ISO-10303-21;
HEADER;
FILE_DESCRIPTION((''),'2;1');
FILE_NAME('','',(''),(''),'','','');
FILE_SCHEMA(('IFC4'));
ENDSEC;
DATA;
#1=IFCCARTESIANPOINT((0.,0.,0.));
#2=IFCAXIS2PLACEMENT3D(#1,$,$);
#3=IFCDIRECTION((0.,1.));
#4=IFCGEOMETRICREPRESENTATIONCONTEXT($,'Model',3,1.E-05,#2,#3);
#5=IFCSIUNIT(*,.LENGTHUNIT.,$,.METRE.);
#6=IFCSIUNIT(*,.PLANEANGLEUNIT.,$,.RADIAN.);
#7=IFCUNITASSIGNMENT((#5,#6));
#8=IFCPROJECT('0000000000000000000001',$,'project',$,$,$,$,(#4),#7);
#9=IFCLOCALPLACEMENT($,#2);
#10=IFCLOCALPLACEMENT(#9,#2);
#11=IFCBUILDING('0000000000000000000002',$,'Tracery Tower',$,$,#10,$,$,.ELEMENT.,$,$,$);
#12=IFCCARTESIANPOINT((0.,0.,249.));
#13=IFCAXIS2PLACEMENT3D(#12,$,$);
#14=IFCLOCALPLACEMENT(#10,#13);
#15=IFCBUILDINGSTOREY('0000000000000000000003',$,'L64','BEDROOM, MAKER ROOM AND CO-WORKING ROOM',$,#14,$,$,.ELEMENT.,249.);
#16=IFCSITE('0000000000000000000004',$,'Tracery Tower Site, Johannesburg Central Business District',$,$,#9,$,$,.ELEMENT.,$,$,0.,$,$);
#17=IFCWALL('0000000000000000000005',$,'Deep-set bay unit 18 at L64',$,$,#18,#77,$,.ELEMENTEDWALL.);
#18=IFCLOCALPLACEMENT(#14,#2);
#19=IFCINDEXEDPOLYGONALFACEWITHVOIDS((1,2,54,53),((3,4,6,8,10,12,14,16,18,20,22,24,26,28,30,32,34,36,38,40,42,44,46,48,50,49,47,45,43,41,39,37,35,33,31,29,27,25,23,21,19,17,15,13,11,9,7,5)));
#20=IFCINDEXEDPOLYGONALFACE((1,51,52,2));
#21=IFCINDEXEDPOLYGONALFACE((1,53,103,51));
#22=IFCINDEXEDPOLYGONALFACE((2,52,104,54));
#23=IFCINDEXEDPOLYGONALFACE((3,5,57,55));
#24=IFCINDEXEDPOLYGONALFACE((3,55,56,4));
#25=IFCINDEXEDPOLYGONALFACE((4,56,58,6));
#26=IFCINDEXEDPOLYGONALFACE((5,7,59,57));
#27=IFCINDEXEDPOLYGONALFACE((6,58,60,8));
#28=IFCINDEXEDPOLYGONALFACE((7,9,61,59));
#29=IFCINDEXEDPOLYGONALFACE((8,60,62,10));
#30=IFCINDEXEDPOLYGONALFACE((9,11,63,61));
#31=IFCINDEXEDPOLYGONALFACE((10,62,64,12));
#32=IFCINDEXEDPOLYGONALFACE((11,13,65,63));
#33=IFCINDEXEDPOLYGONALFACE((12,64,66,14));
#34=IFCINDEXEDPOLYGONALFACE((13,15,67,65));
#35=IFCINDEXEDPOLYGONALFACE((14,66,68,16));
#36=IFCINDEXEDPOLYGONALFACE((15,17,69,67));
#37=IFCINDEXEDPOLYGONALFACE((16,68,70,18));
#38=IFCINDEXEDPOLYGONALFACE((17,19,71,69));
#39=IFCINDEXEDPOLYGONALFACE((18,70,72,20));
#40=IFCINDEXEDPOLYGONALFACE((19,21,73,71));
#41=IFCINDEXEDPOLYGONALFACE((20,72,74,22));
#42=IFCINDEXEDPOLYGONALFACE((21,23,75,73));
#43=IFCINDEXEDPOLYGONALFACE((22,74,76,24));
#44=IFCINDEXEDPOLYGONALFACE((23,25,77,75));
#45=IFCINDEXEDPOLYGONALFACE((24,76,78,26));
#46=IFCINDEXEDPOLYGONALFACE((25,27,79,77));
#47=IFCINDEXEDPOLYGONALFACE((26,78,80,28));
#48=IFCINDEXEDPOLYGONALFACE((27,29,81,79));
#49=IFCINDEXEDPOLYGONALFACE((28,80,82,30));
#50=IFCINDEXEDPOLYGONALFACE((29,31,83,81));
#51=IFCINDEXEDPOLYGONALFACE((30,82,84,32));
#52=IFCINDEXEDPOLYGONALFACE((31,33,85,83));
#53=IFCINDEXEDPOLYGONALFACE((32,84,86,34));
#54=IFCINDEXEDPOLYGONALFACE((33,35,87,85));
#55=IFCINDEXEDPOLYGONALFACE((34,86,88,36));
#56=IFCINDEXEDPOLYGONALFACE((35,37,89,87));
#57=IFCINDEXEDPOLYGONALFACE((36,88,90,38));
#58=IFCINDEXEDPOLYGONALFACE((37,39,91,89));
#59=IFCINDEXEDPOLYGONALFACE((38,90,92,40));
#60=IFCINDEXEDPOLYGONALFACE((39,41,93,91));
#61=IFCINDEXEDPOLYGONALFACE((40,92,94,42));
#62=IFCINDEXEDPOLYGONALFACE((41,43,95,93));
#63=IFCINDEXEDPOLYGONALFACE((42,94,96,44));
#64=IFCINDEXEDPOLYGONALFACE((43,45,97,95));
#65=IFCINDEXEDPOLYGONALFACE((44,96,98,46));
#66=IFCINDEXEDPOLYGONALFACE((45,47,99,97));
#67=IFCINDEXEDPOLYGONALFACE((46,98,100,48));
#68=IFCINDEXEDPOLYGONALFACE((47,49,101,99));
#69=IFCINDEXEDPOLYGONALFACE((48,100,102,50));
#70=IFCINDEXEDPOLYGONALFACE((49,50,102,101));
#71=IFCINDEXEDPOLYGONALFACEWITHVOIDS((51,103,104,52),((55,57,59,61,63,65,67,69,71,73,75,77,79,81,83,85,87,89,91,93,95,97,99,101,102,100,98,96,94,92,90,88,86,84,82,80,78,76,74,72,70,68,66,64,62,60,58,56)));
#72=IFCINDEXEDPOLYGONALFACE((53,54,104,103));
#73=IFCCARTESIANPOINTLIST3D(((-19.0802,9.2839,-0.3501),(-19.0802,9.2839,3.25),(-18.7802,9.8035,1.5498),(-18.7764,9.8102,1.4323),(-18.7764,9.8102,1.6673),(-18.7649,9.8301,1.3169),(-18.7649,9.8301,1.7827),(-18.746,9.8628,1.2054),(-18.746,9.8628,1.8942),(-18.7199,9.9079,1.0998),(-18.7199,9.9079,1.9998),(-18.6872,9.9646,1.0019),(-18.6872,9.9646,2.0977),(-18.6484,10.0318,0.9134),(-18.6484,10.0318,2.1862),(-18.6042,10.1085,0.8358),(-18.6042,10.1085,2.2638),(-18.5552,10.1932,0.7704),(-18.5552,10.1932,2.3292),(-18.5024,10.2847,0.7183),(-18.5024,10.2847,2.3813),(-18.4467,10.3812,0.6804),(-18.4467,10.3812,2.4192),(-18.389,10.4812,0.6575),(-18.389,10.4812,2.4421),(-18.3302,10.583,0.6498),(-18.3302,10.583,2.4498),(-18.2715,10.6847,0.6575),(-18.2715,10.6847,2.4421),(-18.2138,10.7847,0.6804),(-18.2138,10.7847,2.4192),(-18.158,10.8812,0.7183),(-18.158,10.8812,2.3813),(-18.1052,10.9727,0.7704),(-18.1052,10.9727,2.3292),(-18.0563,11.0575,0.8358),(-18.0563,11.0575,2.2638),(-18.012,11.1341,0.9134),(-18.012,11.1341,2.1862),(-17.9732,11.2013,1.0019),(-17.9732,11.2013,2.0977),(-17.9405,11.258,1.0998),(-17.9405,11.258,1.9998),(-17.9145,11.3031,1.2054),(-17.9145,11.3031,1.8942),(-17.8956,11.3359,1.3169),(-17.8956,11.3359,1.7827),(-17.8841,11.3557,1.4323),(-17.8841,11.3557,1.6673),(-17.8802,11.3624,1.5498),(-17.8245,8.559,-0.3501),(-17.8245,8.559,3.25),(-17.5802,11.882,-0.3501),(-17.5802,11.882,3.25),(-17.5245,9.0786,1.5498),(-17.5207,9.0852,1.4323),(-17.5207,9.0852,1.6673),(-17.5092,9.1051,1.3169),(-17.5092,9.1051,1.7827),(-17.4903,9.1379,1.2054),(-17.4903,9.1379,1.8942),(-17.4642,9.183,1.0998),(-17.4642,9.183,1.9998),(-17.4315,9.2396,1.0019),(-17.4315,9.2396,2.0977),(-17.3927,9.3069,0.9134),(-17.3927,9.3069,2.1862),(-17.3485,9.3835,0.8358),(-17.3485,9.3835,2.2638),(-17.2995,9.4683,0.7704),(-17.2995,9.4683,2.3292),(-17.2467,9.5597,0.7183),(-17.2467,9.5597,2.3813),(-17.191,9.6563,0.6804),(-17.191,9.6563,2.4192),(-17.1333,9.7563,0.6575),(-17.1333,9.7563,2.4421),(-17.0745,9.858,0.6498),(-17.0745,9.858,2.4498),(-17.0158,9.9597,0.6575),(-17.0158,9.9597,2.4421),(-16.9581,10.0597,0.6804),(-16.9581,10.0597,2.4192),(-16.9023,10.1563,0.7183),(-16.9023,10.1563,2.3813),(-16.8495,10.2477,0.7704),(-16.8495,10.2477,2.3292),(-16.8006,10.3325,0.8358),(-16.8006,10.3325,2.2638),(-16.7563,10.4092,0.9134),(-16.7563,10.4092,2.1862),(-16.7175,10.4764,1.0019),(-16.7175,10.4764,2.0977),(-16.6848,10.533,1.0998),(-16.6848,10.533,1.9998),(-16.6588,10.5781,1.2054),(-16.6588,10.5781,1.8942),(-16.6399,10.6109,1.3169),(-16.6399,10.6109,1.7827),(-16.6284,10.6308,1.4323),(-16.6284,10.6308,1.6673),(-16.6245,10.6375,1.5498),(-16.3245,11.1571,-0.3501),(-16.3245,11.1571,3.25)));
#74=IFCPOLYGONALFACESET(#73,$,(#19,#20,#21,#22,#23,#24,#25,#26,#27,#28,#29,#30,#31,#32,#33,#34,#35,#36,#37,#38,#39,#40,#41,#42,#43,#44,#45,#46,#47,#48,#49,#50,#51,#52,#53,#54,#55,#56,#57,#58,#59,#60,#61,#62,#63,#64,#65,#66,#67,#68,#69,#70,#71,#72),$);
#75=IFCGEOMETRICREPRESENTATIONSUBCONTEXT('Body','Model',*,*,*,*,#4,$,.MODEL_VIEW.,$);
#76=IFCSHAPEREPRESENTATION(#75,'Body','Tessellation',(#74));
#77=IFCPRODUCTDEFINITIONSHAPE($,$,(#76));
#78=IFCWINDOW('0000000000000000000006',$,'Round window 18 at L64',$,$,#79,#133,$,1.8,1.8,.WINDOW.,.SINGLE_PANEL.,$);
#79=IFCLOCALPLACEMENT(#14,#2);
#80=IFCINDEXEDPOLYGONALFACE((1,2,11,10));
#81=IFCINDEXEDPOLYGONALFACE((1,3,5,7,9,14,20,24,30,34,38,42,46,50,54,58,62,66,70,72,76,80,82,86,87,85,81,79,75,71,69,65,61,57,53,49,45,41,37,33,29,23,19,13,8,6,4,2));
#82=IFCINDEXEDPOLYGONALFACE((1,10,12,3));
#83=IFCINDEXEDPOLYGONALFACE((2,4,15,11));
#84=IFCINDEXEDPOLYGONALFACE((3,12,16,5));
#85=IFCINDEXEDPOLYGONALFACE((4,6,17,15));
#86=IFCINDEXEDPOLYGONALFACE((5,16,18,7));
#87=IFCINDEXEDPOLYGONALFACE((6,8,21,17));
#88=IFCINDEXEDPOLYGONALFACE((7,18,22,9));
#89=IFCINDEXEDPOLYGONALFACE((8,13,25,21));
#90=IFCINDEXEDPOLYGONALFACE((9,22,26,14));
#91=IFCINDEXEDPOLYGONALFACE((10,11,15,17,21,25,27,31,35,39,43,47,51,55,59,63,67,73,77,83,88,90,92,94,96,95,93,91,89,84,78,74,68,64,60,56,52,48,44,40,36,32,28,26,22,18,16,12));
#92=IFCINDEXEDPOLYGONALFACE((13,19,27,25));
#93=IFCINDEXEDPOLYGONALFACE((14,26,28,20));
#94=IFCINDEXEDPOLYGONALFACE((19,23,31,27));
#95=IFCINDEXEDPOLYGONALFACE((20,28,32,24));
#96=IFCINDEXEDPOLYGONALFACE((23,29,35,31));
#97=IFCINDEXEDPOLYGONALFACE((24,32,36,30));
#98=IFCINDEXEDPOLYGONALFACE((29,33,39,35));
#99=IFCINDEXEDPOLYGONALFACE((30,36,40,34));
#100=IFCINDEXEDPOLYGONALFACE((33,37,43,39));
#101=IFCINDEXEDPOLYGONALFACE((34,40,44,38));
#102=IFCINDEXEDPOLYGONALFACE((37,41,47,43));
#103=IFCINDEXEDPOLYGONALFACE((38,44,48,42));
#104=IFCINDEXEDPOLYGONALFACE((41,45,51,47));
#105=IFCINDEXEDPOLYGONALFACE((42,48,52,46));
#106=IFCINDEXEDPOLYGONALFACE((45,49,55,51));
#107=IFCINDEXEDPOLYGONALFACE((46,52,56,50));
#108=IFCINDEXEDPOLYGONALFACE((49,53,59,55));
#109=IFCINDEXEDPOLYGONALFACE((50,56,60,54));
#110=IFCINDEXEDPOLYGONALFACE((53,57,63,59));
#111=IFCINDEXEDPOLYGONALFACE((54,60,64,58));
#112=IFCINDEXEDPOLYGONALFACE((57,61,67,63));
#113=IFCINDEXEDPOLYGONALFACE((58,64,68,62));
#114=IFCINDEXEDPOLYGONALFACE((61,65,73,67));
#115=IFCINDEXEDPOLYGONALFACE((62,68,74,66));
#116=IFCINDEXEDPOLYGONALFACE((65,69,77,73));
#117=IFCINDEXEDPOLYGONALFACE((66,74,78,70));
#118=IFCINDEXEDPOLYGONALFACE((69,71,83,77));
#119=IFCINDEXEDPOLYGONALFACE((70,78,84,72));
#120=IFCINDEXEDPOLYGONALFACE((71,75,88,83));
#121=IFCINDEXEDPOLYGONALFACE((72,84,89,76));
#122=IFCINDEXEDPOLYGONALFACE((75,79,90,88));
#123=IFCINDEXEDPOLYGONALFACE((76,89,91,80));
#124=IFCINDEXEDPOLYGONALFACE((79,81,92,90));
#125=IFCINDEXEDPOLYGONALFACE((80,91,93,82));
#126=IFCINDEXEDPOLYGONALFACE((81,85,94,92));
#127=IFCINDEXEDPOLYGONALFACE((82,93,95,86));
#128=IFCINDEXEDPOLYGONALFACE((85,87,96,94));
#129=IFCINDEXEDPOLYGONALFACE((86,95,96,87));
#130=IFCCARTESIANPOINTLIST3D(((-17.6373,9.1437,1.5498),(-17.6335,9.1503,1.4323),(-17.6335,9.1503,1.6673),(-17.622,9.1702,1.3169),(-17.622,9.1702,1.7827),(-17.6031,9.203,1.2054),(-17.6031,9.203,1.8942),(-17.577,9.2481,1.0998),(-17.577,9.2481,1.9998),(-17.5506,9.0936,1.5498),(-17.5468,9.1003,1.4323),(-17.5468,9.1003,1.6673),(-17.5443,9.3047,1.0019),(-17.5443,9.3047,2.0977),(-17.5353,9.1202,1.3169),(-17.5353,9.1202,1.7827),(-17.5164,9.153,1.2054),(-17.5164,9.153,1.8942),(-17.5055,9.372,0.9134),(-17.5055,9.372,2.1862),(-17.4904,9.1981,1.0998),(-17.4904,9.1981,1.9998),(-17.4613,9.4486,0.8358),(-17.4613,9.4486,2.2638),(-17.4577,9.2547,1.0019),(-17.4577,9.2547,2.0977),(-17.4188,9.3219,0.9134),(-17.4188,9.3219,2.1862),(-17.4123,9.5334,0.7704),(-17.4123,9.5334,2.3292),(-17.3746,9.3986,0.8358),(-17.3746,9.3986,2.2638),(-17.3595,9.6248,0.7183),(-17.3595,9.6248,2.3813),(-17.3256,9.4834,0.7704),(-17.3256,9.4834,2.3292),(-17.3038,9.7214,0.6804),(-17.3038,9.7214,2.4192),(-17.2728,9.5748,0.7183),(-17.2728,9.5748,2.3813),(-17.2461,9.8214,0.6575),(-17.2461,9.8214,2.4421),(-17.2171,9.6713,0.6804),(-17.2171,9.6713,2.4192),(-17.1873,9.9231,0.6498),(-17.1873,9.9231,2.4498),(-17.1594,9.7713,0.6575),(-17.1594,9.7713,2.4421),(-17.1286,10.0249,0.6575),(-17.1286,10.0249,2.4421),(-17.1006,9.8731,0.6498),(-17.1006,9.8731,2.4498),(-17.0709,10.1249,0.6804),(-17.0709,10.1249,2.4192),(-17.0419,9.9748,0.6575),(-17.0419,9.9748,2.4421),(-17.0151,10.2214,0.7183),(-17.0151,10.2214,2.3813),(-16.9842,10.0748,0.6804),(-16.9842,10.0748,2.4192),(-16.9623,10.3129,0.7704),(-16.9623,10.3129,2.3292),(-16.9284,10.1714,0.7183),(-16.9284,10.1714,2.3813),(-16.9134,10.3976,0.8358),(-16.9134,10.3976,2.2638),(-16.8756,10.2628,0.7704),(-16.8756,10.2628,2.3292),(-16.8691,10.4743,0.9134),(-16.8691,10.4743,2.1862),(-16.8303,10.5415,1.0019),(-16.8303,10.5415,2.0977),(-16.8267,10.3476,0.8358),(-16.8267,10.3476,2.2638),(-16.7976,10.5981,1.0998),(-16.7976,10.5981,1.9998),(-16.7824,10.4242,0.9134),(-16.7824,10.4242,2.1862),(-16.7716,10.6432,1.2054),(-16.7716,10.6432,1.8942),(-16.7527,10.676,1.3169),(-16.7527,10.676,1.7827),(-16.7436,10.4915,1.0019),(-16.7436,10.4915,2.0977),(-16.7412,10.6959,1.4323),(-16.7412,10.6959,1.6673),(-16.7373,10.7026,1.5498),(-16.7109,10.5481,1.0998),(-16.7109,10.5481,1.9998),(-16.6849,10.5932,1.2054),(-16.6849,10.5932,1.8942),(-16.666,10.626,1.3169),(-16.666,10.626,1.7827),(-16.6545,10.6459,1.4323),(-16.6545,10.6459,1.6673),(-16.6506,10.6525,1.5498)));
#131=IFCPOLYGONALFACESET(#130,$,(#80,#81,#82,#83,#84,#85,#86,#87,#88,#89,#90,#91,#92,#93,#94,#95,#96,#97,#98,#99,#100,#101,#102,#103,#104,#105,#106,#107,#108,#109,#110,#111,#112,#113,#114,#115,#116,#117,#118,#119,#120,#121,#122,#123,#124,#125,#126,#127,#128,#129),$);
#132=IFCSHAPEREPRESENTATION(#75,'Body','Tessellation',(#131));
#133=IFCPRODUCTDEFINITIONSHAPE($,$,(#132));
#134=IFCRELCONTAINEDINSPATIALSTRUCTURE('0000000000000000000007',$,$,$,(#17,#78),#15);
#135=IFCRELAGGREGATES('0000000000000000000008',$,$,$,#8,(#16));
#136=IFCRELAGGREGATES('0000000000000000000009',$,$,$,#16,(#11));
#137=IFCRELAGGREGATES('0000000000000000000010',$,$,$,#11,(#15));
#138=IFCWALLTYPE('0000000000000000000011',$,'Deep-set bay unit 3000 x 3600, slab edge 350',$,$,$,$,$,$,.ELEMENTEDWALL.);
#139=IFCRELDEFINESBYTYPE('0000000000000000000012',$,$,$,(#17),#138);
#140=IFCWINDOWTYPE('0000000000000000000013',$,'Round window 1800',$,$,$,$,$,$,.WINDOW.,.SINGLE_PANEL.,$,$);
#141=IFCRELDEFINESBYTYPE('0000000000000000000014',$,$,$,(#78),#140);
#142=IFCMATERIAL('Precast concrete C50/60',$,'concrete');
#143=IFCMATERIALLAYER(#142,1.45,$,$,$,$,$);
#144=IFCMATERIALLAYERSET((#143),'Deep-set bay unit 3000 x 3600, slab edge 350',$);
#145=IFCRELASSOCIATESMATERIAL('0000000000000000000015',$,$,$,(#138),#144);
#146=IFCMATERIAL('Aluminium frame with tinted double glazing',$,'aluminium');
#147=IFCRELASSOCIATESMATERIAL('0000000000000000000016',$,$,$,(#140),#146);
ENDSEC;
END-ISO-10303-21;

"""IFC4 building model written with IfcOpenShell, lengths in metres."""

from ifc_helpers import new_model, si_unit, direction, frame, frame_2d, origin, origin_2d, place, context, subcontext, project, spatial, rectangle, circle, extrude, material, layer, layer_set, type_object, element, fill, save


model = new_model("IFC4")

# Units and contexts
model_context = context("Model", 3, precision=1e-05, world=origin(), true_north=direction((0.0, 1.0)))
body_context = subcontext(model_context, "Body", "Model", "MODEL_VIEW")
ifc_project = project(units=[si_unit("LENGTHUNIT", "METRE"), si_unit("PLANEANGLEUNIT", "RADIAN")], contexts=[model_context])

# Site, building, storey
site_placement = place(None, origin())
site = spatial("IfcSite", under=ifc_project, at=site_placement, Name="Tracery Tower Site, Johannesburg Central Business District", CompositionType="ELEMENT", RefElevation=0.0)
building_placement = place(site_placement, origin())
building = spatial("IfcBuilding", under=site, at=building_placement, Name="Tracery Tower", CompositionType="ELEMENT")
storey_placement = place(building_placement, frame((0.0, 0.0, 249.0)))
storey = spatial("IfcBuildingStorey", under=building, at=storey_placement, Name="L64", Description="BEDROOM, MAKER ROOM AND CO-WORKING ROOM", CompositionType="ELEMENT", Elevation=249.0)

# Wall, opening, window
ifc_material_1 = material(Name="Precast concrete C50/60", Category="concrete")
ifc_layer_1 = layer(ifc_material_1, 1.45)
ifc_layer_set_1 = layer_set([ifc_layer_1], Name="Deep-set bay unit 3000 x 3600, slab edge 350")
wall_type_1 = type_object("IfcWallType", Name="Deep-set bay unit 3000 x 3600, slab edge 350", PredefinedType="ELEMENTEDWALL", material=ifc_layer_set_1)
ifc_material_2 = material(Name="Aluminium frame with tinted double glazing", Category="aluminium")
window_type = type_object("IfcWindowType", Name="Round window 1800", PartitioningType="SINGLE_PANEL", PredefinedType="WINDOW", material=ifc_material_2)
wall_1_placement = place(storey_placement, frame((-16.9524, 11.5195, -0.3501), z_axis=(0.0, 0.0, 1.0), x_axis=(-0.49999, -0.866031, 0.0)))
wall_1 = element("IfcWall", 1, at=wall_1_placement, inside=storey, type_object=wall_type_1, Name="Deep-set bay unit 18 at L64", PredefinedType="ELEMENTEDWALL", context=body_context, shape_type="SweptSolid", body=[
    extrude(rectangle(XDim=3.0, YDim=1.45, at=frame_2d((1.5, 0.0))), origin(), (0.0, 0.0, 1.0), 3.6001),
])
opening_1_placement = place(wall_1_placement, frame((1.5, 0.0, 1.8999)))
opening_1 = element("IfcOpeningElement", 2, at=opening_1_placement, cuts=wall_1, PredefinedType="OPENING", context=body_context, shape_type="SweptSolid", body=[
    extrude(circle(Radius=0.9, at=origin_2d()), frame((0.0, 0.7349, 0.0), z_axis=(0.0, -1.0, 0.0), x_axis=(1.0, 0.0, 0.0)), (0.0, 0.0, 1.0), 1.47),
])
window_1_placement = place(opening_1_placement, origin())
window_1 = element("IfcWindow", 3, at=window_1_placement, inside=storey, type_object=window_type, Name="Round window 18 at L64", OverallHeight=1.8, OverallWidth=1.8, PartitioningType="SINGLE_PANEL", PredefinedType="WINDOW", context=body_context, shape_type="SweptSolid", body=[
    extrude(circle(Radius=0.9, at=origin_2d()), frame((0.0, 0.6948, 0.0), z_axis=(0.0, -1.0, 0.0), x_axis=(1.0, 0.0, 0.0)), (0.0, 0.0, 1.0), 0.1001),
])
fill(opening_1, window_1)

save(model, "model.ifc")
